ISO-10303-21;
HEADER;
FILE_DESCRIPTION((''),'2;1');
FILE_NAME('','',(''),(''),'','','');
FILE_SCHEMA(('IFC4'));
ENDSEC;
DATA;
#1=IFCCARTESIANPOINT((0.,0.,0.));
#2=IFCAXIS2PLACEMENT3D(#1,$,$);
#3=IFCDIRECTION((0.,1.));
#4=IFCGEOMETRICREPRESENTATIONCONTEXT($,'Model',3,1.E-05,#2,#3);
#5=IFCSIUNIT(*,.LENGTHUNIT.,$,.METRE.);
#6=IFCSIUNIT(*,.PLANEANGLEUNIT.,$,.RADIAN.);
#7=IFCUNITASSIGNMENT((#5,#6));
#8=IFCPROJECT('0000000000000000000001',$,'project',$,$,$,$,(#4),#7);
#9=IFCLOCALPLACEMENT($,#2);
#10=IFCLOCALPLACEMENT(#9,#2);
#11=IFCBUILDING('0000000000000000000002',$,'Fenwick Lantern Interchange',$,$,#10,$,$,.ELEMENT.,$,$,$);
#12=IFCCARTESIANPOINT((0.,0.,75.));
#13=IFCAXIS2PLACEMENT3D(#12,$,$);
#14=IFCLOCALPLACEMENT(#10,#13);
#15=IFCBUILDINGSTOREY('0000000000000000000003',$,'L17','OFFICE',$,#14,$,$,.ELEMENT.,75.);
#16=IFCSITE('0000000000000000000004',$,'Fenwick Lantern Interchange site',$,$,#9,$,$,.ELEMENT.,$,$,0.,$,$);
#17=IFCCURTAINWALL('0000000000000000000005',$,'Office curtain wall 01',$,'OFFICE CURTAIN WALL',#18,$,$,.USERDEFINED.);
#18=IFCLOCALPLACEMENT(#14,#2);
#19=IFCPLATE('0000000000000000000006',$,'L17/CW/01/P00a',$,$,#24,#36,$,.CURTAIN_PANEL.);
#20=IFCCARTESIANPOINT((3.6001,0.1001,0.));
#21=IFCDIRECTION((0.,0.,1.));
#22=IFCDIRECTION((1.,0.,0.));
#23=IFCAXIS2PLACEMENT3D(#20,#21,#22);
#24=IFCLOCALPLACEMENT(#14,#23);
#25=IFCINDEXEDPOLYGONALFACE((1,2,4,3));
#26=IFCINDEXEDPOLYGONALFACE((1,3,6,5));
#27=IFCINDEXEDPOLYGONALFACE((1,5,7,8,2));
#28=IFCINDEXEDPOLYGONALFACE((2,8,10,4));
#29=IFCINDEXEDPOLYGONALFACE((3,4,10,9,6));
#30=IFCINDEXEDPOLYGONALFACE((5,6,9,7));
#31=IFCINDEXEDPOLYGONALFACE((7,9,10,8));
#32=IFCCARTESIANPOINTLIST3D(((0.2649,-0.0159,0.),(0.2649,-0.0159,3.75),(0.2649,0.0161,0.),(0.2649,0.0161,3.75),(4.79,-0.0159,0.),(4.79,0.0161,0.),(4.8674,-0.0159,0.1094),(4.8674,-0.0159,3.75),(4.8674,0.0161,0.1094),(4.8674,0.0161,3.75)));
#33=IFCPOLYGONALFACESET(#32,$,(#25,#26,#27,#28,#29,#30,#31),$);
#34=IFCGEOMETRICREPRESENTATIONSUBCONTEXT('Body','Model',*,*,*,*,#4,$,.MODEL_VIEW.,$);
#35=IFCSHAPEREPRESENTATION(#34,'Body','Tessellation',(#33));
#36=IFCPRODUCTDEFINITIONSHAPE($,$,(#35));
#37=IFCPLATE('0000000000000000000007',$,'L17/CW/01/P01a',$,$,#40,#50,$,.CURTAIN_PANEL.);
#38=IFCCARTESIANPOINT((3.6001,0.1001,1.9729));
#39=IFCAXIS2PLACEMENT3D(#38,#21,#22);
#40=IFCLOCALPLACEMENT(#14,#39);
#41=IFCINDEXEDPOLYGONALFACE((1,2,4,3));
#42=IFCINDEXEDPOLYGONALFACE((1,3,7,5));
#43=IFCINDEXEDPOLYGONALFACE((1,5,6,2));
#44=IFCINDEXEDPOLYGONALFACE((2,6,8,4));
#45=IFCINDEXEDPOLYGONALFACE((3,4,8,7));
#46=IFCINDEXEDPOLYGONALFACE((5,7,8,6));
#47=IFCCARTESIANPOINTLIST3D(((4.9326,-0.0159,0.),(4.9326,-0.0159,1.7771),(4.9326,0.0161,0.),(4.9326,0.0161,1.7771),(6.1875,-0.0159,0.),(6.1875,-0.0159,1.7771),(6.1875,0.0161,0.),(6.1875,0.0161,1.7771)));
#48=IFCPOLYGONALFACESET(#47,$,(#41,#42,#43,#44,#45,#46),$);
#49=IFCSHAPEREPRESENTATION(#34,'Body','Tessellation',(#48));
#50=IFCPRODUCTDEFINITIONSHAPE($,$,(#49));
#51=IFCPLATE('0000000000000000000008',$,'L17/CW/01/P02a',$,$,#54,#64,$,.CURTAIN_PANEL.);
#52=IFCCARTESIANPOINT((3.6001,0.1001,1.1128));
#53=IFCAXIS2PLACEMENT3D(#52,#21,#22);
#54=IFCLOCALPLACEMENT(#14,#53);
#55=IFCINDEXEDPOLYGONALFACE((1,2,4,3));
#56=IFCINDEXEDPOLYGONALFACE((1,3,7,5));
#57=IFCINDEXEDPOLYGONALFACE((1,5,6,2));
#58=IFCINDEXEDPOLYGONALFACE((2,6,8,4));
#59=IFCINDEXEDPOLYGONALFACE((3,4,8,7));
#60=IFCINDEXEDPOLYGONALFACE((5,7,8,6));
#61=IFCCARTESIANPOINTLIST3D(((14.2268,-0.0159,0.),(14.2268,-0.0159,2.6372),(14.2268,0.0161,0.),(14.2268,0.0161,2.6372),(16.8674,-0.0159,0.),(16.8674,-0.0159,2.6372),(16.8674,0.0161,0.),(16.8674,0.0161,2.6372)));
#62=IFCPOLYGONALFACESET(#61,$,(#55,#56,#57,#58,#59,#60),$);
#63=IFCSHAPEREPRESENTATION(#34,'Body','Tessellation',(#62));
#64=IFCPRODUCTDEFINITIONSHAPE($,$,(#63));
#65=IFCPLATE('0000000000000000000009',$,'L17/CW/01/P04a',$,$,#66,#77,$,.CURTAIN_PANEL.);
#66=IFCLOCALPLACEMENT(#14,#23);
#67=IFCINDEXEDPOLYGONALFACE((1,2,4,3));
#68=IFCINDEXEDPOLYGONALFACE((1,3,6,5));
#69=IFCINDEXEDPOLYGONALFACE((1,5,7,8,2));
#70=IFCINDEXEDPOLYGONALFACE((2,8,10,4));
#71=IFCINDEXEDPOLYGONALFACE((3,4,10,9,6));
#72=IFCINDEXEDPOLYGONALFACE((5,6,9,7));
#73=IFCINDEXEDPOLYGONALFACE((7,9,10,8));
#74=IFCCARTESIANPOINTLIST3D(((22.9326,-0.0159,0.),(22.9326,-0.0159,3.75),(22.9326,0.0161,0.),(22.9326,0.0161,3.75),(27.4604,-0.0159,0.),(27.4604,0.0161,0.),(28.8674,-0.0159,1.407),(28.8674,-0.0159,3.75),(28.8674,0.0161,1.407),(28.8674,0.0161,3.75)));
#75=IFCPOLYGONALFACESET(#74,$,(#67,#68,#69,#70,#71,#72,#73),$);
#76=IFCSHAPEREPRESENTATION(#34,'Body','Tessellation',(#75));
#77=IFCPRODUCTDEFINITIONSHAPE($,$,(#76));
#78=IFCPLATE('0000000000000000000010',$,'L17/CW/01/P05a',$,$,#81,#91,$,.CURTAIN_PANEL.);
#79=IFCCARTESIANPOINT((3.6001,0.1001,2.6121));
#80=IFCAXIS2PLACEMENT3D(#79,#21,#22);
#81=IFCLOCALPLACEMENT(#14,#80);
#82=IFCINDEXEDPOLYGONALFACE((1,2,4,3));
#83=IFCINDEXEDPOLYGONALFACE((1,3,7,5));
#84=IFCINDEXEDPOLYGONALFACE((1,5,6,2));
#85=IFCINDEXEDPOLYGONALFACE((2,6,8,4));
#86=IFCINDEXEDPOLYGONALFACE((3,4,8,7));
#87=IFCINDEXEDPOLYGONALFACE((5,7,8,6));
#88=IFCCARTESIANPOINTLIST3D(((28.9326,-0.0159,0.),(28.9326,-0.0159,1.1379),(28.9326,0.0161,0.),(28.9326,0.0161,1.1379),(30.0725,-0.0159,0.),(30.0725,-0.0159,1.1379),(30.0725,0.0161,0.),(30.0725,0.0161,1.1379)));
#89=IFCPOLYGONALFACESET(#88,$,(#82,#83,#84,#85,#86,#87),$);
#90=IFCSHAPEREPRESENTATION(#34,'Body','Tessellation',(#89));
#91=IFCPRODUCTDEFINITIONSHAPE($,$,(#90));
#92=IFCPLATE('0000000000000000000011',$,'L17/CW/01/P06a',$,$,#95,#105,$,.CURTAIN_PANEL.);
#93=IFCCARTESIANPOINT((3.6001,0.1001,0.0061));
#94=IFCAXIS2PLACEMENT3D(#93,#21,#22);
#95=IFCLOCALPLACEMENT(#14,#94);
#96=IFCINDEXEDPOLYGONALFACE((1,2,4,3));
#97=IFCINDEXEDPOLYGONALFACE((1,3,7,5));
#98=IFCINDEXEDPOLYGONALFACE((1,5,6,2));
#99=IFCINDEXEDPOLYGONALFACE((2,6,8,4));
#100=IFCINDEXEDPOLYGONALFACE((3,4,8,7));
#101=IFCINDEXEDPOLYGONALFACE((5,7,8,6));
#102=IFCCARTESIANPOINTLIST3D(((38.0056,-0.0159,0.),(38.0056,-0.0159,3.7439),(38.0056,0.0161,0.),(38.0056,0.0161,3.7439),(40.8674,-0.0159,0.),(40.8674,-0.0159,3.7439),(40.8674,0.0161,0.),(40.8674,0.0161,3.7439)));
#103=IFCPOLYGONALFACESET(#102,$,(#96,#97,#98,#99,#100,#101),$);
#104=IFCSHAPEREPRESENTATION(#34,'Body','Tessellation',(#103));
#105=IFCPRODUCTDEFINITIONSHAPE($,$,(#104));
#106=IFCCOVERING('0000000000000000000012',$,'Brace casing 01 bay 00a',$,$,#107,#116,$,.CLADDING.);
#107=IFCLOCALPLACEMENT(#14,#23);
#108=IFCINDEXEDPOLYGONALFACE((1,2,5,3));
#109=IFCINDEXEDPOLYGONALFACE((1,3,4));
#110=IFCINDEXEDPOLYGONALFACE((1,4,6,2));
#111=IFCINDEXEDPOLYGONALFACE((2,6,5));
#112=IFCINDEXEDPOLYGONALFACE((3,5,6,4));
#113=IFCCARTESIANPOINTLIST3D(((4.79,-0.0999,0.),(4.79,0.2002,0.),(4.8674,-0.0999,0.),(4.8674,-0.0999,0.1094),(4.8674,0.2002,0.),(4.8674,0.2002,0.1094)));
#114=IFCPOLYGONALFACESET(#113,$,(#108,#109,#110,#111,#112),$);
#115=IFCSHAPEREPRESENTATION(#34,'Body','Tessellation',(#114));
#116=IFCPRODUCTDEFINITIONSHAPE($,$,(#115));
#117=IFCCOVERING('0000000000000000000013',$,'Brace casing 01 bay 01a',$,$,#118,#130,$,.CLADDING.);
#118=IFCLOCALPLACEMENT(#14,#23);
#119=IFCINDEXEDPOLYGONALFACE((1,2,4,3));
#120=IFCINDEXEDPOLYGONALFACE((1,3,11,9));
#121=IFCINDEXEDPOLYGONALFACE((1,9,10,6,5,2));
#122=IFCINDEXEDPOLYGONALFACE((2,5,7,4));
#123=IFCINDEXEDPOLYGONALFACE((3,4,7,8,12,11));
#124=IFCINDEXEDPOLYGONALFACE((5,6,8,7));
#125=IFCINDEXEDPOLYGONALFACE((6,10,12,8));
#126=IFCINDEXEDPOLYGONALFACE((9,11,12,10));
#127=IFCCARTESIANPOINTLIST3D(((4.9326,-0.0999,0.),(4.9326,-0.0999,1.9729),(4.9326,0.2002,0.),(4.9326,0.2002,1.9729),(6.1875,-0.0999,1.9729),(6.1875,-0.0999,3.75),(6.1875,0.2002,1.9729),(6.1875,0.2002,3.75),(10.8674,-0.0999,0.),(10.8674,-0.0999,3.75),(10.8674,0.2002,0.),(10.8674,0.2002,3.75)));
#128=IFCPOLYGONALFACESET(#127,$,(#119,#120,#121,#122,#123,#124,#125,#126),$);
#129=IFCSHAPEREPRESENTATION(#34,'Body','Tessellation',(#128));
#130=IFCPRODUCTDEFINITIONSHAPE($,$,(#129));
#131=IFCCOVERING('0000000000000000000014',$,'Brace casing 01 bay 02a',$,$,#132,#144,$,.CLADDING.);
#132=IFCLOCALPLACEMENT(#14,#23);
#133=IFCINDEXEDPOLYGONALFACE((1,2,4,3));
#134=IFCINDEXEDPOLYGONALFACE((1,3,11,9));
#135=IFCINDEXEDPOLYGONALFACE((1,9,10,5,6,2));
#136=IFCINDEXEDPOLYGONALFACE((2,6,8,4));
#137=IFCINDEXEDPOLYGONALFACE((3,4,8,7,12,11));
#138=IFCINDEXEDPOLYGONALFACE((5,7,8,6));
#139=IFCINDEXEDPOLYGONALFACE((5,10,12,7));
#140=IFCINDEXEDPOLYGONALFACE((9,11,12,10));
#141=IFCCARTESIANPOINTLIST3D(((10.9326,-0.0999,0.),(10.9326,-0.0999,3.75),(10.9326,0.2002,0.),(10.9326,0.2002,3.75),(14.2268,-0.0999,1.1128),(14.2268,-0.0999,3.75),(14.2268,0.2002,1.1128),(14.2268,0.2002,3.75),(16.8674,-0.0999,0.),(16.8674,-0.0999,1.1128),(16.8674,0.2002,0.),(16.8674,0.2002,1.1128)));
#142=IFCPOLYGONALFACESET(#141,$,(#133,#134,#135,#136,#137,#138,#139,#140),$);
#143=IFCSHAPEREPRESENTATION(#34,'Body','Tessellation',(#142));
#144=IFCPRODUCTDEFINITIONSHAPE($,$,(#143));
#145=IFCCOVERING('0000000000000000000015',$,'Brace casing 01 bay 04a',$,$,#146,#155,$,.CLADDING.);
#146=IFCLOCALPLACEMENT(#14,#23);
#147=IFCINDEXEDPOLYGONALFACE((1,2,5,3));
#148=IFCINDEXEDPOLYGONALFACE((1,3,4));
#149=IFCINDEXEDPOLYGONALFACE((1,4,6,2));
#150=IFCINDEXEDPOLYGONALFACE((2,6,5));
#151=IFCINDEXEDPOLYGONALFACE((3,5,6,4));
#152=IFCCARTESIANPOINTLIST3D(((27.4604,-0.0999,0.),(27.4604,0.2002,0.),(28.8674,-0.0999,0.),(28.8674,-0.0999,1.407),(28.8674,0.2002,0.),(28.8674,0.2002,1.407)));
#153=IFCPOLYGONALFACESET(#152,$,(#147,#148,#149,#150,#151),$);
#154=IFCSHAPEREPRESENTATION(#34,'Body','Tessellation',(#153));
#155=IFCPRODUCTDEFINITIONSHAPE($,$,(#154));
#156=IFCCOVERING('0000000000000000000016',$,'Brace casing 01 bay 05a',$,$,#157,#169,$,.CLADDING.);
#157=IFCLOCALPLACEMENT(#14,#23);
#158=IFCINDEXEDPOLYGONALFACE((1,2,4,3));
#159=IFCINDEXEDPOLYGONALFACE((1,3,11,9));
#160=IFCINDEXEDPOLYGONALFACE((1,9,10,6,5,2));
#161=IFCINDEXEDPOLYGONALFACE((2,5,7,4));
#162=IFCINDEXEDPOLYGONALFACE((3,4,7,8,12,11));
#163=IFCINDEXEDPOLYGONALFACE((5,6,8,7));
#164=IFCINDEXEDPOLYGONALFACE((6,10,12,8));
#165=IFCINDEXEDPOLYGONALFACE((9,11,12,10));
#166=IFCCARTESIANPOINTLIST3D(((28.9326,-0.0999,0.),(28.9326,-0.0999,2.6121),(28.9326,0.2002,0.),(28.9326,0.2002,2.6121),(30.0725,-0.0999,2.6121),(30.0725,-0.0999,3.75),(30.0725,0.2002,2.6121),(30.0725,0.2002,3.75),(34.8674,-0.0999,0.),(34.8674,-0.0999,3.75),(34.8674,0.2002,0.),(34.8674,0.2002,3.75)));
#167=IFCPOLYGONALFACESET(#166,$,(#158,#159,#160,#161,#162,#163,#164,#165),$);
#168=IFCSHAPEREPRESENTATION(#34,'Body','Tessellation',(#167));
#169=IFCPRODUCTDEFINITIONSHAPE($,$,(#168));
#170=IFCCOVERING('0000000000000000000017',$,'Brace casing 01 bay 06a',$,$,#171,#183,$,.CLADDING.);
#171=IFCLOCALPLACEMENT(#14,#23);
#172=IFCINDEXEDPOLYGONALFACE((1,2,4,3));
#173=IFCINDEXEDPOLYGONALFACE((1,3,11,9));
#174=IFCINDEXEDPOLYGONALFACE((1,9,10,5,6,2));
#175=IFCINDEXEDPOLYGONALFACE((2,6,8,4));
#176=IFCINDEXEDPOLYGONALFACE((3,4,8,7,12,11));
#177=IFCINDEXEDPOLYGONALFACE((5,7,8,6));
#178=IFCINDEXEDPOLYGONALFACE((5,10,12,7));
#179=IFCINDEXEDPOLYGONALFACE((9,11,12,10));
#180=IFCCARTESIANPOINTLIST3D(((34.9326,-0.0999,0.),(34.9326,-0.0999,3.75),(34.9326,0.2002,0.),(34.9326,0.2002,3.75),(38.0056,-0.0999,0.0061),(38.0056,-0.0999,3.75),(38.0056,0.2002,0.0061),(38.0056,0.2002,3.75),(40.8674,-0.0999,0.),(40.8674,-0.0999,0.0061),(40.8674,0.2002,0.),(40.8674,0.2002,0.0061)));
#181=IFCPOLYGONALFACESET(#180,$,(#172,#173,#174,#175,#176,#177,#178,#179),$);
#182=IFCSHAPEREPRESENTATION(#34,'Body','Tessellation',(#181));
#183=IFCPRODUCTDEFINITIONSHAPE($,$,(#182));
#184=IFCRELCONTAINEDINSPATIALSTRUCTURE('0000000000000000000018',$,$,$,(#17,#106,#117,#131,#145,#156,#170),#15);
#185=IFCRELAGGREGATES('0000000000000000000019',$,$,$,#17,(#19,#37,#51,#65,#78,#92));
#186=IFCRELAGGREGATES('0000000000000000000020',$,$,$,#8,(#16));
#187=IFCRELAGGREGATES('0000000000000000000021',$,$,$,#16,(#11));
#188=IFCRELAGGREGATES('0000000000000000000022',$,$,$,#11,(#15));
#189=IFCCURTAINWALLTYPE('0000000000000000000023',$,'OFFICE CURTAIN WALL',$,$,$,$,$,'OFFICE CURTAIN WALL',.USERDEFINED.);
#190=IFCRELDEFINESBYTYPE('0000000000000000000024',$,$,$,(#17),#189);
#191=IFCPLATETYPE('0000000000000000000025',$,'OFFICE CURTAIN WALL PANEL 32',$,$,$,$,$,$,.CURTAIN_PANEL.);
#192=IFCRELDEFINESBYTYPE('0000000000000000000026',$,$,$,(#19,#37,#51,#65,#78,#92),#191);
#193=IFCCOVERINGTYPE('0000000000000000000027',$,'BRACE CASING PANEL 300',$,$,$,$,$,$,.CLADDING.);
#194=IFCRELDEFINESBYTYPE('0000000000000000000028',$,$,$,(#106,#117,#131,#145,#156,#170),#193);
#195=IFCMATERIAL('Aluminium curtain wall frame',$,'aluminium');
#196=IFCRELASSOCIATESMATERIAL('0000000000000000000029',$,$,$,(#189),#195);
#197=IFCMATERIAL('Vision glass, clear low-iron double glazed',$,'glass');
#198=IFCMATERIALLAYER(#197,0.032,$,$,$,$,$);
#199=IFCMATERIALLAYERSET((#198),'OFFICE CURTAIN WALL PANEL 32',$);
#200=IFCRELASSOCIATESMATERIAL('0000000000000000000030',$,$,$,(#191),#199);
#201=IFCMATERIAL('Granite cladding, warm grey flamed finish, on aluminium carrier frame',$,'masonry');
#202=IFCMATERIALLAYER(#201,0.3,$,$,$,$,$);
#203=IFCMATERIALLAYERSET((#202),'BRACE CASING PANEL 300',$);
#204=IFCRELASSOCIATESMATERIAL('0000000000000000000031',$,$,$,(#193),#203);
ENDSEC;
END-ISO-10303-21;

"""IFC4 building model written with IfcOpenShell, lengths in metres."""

from ifc_helpers import new_model, si_unit, direction, frame, origin, place, context, subcontext, project, spatial, polyline, outline, extrude, material, layer, layer_set, type_object, element, aggregate, save


model = new_model("IFC4")

# Units and contexts
model_context = context("Model", 3, precision=1e-05, world=origin(), true_north=direction((0.0, 1.0)))
body_context = subcontext(model_context, "Body", "Model", "MODEL_VIEW")
ifc_project = project(units=[si_unit("LENGTHUNIT", "METRE"), si_unit("PLANEANGLEUNIT", "RADIAN")], contexts=[model_context])

# Site, building, storey
site_placement = place(None, origin())
site = spatial("IfcSite", under=ifc_project, at=site_placement, Name="Fenwick Lantern Interchange site", CompositionType="ELEMENT", RefElevation=0.0)
building_placement = place(site_placement, origin())
building = spatial("IfcBuilding", under=site, at=building_placement, Name="Fenwick Lantern Interchange", CompositionType="ELEMENT")
storey_placement = place(building_placement, frame((0.0, 0.0, 75.0)))
storey = spatial("IfcBuildingStorey", under=building, at=storey_placement, Name="L17", Description="OFFICE", CompositionType="ELEMENT", Elevation=75.0)

# Shared definitions
ifc_material_1 = material(Name="Aluminium curtain wall frame", Category="aluminium")
curtain_wall_type = type_object("IfcCurtainWallType", Name="OFFICE CURTAIN WALL", ElementType="OFFICE CURTAIN WALL", PredefinedType="USERDEFINED", material=ifc_material_1)

# Curtain wall, plates
curtain_wall_1_placement = place(storey_placement, origin())
curtain_wall_1 = element("IfcCurtainWall", 1, at=curtain_wall_1_placement, inside=storey, type_object=curtain_wall_type, Name="Office curtain wall 01", ObjectType="OFFICE CURTAIN WALL", PredefinedType="USERDEFINED")
ifc_material_2 = material(Name="Vision glass, clear low-iron double glazed", Category="glass")
ifc_layer_1 = layer(ifc_material_2, 0.032)
ifc_layer_set_1 = layer_set([ifc_layer_1], Name="OFFICE CURTAIN WALL PANEL 32")
plate_type = type_object("IfcPlateType", Name="OFFICE CURTAIN WALL PANEL 32", PredefinedType="CURTAIN_PANEL", material=ifc_layer_set_1)
plate_1_placement = place(storey_placement, frame((3.6001, 0.1001, 0.0), z_axis=(0.0, 0.0, 1.0), x_axis=(1.0, 0.0, 0.0)))
plate_1 = element("IfcPlate", 2, at=plate_1_placement, type_object=plate_type, Name="L17/CW/01/P00a", PredefinedType="CURTAIN_PANEL", context=body_context, shape_type="SweptSolid", body=[
    extrude(outline(polyline([(0.2649, 0.0), (4.79, 0.0), (4.8674, 0.1094), (4.8674, 3.75), (0.2649, 3.75), (0.2649, 0.0)])), frame((0.0, 0.0161, 0.0), z_axis=(0.0, -1.0, 0.0), x_axis=(1.0, 0.0, 0.0)), (0.0, 0.0, 1.0), 0.032),
])
plate_2_placement = place(storey_placement, frame((3.6001, 0.1001, 1.9729), z_axis=(0.0, 0.0, 1.0), x_axis=(1.0, 0.0, 0.0)))
plate_2 = element("IfcPlate", 3, at=plate_2_placement, type_object=plate_type, Name="L17/CW/01/P01a", PredefinedType="CURTAIN_PANEL", context=body_context, shape_type="SweptSolid", body=[
    extrude(outline(polyline([(4.9326, 0.0), (6.1875, 0.0), (6.1875, 1.7771), (4.9326, 1.7771), (4.9326, 0.0)])), frame((0.0, 0.0161, 0.0), z_axis=(0.0, -1.0, 0.0), x_axis=(1.0, 0.0, 0.0)), (0.0, 0.0, 1.0), 0.032),
])
plate_3_placement = place(storey_placement, frame((3.6001, 0.1001, 1.1128), z_axis=(0.0, 0.0, 1.0), x_axis=(1.0, 0.0, 0.0)))
plate_3 = element("IfcPlate", 4, at=plate_3_placement, type_object=plate_type, Name="L17/CW/01/P02a", PredefinedType="CURTAIN_PANEL", context=body_context, shape_type="SweptSolid", body=[
    extrude(outline(polyline([(14.2268, 0.0), (16.8674, 0.0), (16.8674, 2.6372), (14.2268, 2.6372), (14.2268, 0.0)])), frame((0.0, 0.0161, 0.0), z_axis=(0.0, -1.0, 0.0), x_axis=(1.0, 0.0, 0.0)), (0.0, 0.0, 1.0), 0.032),
])
plate_4_placement = place(storey_placement, frame((3.6001, 0.1001, 0.0), z_axis=(0.0, 0.0, 1.0), x_axis=(1.0, 0.0, 0.0)))
plate_4 = element("IfcPlate", 5, at=plate_4_placement, type_object=plate_type, Name="L17/CW/01/P04a", PredefinedType="CURTAIN_PANEL", context=body_context, shape_type="SweptSolid", body=[
    extrude(outline(polyline([(22.9326, 0.0), (27.4604, 0.0), (28.8674, 1.407), (28.8674, 3.75), (22.9326, 3.75), (22.9326, 0.0)])), frame((0.0, 0.0161, 0.0), z_axis=(0.0, -1.0, 0.0), x_axis=(1.0, 0.0, 0.0)), (0.0, 0.0, 1.0), 0.032),
])
plate_5_placement = place(storey_placement, frame((3.6001, 0.1001, 2.6121), z_axis=(0.0, 0.0, 1.0), x_axis=(1.0, 0.0, 0.0)))
plate_5 = element("IfcPlate", 6, at=plate_5_placement, type_object=plate_type, Name="L17/CW/01/P05a", PredefinedType="CURTAIN_PANEL", context=body_context, shape_type="SweptSolid", body=[
    extrude(outline(polyline([(28.9326, 0.0), (30.0725, 0.0), (30.0725, 1.1379), (28.9326, 1.1379), (28.9326, 0.0)])), frame((0.0, 0.0161, 0.0), z_axis=(0.0, -1.0, 0.0), x_axis=(1.0, 0.0, 0.0)), (0.0, 0.0, 1.0), 0.032),
])
plate_6_placement = place(storey_placement, frame((3.6001, 0.1001, 0.0061), z_axis=(0.0, 0.0, 1.0), x_axis=(1.0, 0.0, 0.0)))
plate_6 = element("IfcPlate", 7, at=plate_6_placement, type_object=plate_type, Name="L17/CW/01/P06a", PredefinedType="CURTAIN_PANEL", context=body_context, shape_type="SweptSolid", body=[
    extrude(outline(polyline([(38.0056, 0.0), (40.8674, 0.0), (40.8674, 3.7439), (38.0056, 3.7439), (38.0056, 0.0)])), frame((0.0, 0.0161, 0.0), z_axis=(0.0, -1.0, 0.0), x_axis=(1.0, 0.0, 0.0)), (0.0, 0.0, 1.0), 0.032),
])
aggregate(curtain_wall_1, [plate_1, plate_2, plate_3, plate_4, plate_5, plate_6])

# Coverings
ifc_material_3 = material(Name="Granite cladding, warm grey flamed finish, on aluminium carrier frame", Category="masonry")
ifc_layer_2 = layer(ifc_material_3, 0.3)
ifc_layer_set_2 = layer_set([ifc_layer_2], Name="BRACE CASING PANEL 300")
covering_type_1 = type_object("IfcCoveringType", Name="BRACE CASING PANEL 300", PredefinedType="CLADDING", material=ifc_layer_set_2)
covering_1_placement = place(storey_placement, frame((3.6001, 0.1001, 0.0), z_axis=(0.0, 0.0, 1.0), x_axis=(1.0, 0.0, 0.0)))
element("IfcCovering", 8, at=covering_1_placement, inside=storey, type_object=covering_type_1, Name="Brace casing 01 bay 00a", PredefinedType="CLADDING", context=body_context, shape_type="SweptSolid", body=[
    extrude(outline(polyline([(4.79, 0.0), (4.8674, 0.0), (4.8674, 0.1094), (4.79, 0.0)])), frame((0.0, 0.2002, 0.0), z_axis=(0.0, -1.0, 0.0), x_axis=(1.0, 0.0, 0.0)), (0.0, 0.0, 1.0), 0.3),
])
covering_2_placement = place(storey_placement, frame((3.6001, 0.1001, 0.0), z_axis=(0.0, 0.0, 1.0), x_axis=(1.0, 0.0, 0.0)))
element("IfcCovering", 9, at=covering_2_placement, inside=storey, type_object=covering_type_1, Name="Brace casing 01 bay 01a", PredefinedType="CLADDING", context=body_context, shape_type="SweptSolid", body=[
    extrude(outline(polyline([(4.9326, 0.0), (10.8674, 0.0), (10.8674, 3.75), (6.1875, 3.75), (6.1875, 1.9729), (4.9326, 1.9729), (4.9326, 0.0)])), frame((0.0, 0.2002, 0.0), z_axis=(0.0, -1.0, 0.0), x_axis=(1.0, 0.0, 0.0)), (0.0, 0.0, 1.0), 0.3),
])
covering_3_placement = place(storey_placement, frame((3.6001, 0.1001, 0.0), z_axis=(0.0, 0.0, 1.0), x_axis=(1.0, 0.0, 0.0)))
element("IfcCovering", 10, at=covering_3_placement, inside=storey, type_object=covering_type_1, Name="Brace casing 01 bay 02a", PredefinedType="CLADDING", context=body_context, shape_type="SweptSolid", body=[
    extrude(outline(polyline([(10.9326, 0.0), (16.8674, 0.0), (16.8674, 1.1128), (14.2268, 1.1128), (14.2268, 3.75), (10.9326, 3.75), (10.9326, 0.0)])), frame((0.0, 0.2002, 0.0), z_axis=(0.0, -1.0, 0.0), x_axis=(1.0, 0.0, 0.0)), (0.0, 0.0, 1.0), 0.3),
])
covering_4_placement = place(storey_placement, frame((3.6001, 0.1001, 0.0), z_axis=(0.0, 0.0, 1.0), x_axis=(1.0, 0.0, 0.0)))
element("IfcCovering", 11, at=covering_4_placement, inside=storey, type_object=covering_type_1, Name="Brace casing 01 bay 04a", PredefinedType="CLADDING", context=body_context, shape_type="SweptSolid", body=[
    extrude(outline(polyline([(27.4604, 0.0), (28.8674, 0.0), (28.8674, 1.407), (27.4604, 0.0)])), frame((0.0, 0.2002, 0.0), z_axis=(0.0, -1.0, 0.0), x_axis=(1.0, 0.0, 0.0)), (0.0, 0.0, 1.0), 0.3),
])
covering_5_placement = place(storey_placement, frame((3.6001, 0.1001, 0.0), z_axis=(0.0, 0.0, 1.0), x_axis=(1.0, 0.0, 0.0)))
element("IfcCovering", 12, at=covering_5_placement, inside=storey, type_object=covering_type_1, Name="Brace casing 01 bay 05a", PredefinedType="CLADDING", context=body_context, shape_type="SweptSolid", body=[
    extrude(outline(polyline([(28.9326, 0.0), (34.8674, 0.0), (34.8674, 3.75), (30.0725, 3.75), (30.0725, 2.6121), (28.9326, 2.6121), (28.9326, 0.0)])), frame((0.0, 0.2002, 0.0), z_axis=(0.0, -1.0, 0.0), x_axis=(1.0, 0.0, 0.0)), (0.0, 0.0, 1.0), 0.3),
])
covering_6_placement = place(storey_placement, frame((3.6001, 0.1001, 0.0), z_axis=(0.0, 0.0, 1.0), x_axis=(1.0, 0.0, 0.0)))
element("IfcCovering", 13, at=covering_6_placement, inside=storey, type_object=covering_type_1, Name="Brace casing 01 bay 06a", PredefinedType="CLADDING", context=body_context, shape_type="SweptSolid", body=[
    extrude(outline(polyline([(34.9326, 0.0), (40.8674, 0.0), (40.8674, 0.0061), (38.0056, 0.0061), (38.0056, 3.75), (34.9326, 3.75), (34.9326, 0.0)])), frame((0.0, 0.2002, 0.0), z_axis=(0.0, -1.0, 0.0), x_axis=(1.0, 0.0, 0.0)), (0.0, 0.0, 1.0), 0.3),
])

save(model, "model.ifc")
